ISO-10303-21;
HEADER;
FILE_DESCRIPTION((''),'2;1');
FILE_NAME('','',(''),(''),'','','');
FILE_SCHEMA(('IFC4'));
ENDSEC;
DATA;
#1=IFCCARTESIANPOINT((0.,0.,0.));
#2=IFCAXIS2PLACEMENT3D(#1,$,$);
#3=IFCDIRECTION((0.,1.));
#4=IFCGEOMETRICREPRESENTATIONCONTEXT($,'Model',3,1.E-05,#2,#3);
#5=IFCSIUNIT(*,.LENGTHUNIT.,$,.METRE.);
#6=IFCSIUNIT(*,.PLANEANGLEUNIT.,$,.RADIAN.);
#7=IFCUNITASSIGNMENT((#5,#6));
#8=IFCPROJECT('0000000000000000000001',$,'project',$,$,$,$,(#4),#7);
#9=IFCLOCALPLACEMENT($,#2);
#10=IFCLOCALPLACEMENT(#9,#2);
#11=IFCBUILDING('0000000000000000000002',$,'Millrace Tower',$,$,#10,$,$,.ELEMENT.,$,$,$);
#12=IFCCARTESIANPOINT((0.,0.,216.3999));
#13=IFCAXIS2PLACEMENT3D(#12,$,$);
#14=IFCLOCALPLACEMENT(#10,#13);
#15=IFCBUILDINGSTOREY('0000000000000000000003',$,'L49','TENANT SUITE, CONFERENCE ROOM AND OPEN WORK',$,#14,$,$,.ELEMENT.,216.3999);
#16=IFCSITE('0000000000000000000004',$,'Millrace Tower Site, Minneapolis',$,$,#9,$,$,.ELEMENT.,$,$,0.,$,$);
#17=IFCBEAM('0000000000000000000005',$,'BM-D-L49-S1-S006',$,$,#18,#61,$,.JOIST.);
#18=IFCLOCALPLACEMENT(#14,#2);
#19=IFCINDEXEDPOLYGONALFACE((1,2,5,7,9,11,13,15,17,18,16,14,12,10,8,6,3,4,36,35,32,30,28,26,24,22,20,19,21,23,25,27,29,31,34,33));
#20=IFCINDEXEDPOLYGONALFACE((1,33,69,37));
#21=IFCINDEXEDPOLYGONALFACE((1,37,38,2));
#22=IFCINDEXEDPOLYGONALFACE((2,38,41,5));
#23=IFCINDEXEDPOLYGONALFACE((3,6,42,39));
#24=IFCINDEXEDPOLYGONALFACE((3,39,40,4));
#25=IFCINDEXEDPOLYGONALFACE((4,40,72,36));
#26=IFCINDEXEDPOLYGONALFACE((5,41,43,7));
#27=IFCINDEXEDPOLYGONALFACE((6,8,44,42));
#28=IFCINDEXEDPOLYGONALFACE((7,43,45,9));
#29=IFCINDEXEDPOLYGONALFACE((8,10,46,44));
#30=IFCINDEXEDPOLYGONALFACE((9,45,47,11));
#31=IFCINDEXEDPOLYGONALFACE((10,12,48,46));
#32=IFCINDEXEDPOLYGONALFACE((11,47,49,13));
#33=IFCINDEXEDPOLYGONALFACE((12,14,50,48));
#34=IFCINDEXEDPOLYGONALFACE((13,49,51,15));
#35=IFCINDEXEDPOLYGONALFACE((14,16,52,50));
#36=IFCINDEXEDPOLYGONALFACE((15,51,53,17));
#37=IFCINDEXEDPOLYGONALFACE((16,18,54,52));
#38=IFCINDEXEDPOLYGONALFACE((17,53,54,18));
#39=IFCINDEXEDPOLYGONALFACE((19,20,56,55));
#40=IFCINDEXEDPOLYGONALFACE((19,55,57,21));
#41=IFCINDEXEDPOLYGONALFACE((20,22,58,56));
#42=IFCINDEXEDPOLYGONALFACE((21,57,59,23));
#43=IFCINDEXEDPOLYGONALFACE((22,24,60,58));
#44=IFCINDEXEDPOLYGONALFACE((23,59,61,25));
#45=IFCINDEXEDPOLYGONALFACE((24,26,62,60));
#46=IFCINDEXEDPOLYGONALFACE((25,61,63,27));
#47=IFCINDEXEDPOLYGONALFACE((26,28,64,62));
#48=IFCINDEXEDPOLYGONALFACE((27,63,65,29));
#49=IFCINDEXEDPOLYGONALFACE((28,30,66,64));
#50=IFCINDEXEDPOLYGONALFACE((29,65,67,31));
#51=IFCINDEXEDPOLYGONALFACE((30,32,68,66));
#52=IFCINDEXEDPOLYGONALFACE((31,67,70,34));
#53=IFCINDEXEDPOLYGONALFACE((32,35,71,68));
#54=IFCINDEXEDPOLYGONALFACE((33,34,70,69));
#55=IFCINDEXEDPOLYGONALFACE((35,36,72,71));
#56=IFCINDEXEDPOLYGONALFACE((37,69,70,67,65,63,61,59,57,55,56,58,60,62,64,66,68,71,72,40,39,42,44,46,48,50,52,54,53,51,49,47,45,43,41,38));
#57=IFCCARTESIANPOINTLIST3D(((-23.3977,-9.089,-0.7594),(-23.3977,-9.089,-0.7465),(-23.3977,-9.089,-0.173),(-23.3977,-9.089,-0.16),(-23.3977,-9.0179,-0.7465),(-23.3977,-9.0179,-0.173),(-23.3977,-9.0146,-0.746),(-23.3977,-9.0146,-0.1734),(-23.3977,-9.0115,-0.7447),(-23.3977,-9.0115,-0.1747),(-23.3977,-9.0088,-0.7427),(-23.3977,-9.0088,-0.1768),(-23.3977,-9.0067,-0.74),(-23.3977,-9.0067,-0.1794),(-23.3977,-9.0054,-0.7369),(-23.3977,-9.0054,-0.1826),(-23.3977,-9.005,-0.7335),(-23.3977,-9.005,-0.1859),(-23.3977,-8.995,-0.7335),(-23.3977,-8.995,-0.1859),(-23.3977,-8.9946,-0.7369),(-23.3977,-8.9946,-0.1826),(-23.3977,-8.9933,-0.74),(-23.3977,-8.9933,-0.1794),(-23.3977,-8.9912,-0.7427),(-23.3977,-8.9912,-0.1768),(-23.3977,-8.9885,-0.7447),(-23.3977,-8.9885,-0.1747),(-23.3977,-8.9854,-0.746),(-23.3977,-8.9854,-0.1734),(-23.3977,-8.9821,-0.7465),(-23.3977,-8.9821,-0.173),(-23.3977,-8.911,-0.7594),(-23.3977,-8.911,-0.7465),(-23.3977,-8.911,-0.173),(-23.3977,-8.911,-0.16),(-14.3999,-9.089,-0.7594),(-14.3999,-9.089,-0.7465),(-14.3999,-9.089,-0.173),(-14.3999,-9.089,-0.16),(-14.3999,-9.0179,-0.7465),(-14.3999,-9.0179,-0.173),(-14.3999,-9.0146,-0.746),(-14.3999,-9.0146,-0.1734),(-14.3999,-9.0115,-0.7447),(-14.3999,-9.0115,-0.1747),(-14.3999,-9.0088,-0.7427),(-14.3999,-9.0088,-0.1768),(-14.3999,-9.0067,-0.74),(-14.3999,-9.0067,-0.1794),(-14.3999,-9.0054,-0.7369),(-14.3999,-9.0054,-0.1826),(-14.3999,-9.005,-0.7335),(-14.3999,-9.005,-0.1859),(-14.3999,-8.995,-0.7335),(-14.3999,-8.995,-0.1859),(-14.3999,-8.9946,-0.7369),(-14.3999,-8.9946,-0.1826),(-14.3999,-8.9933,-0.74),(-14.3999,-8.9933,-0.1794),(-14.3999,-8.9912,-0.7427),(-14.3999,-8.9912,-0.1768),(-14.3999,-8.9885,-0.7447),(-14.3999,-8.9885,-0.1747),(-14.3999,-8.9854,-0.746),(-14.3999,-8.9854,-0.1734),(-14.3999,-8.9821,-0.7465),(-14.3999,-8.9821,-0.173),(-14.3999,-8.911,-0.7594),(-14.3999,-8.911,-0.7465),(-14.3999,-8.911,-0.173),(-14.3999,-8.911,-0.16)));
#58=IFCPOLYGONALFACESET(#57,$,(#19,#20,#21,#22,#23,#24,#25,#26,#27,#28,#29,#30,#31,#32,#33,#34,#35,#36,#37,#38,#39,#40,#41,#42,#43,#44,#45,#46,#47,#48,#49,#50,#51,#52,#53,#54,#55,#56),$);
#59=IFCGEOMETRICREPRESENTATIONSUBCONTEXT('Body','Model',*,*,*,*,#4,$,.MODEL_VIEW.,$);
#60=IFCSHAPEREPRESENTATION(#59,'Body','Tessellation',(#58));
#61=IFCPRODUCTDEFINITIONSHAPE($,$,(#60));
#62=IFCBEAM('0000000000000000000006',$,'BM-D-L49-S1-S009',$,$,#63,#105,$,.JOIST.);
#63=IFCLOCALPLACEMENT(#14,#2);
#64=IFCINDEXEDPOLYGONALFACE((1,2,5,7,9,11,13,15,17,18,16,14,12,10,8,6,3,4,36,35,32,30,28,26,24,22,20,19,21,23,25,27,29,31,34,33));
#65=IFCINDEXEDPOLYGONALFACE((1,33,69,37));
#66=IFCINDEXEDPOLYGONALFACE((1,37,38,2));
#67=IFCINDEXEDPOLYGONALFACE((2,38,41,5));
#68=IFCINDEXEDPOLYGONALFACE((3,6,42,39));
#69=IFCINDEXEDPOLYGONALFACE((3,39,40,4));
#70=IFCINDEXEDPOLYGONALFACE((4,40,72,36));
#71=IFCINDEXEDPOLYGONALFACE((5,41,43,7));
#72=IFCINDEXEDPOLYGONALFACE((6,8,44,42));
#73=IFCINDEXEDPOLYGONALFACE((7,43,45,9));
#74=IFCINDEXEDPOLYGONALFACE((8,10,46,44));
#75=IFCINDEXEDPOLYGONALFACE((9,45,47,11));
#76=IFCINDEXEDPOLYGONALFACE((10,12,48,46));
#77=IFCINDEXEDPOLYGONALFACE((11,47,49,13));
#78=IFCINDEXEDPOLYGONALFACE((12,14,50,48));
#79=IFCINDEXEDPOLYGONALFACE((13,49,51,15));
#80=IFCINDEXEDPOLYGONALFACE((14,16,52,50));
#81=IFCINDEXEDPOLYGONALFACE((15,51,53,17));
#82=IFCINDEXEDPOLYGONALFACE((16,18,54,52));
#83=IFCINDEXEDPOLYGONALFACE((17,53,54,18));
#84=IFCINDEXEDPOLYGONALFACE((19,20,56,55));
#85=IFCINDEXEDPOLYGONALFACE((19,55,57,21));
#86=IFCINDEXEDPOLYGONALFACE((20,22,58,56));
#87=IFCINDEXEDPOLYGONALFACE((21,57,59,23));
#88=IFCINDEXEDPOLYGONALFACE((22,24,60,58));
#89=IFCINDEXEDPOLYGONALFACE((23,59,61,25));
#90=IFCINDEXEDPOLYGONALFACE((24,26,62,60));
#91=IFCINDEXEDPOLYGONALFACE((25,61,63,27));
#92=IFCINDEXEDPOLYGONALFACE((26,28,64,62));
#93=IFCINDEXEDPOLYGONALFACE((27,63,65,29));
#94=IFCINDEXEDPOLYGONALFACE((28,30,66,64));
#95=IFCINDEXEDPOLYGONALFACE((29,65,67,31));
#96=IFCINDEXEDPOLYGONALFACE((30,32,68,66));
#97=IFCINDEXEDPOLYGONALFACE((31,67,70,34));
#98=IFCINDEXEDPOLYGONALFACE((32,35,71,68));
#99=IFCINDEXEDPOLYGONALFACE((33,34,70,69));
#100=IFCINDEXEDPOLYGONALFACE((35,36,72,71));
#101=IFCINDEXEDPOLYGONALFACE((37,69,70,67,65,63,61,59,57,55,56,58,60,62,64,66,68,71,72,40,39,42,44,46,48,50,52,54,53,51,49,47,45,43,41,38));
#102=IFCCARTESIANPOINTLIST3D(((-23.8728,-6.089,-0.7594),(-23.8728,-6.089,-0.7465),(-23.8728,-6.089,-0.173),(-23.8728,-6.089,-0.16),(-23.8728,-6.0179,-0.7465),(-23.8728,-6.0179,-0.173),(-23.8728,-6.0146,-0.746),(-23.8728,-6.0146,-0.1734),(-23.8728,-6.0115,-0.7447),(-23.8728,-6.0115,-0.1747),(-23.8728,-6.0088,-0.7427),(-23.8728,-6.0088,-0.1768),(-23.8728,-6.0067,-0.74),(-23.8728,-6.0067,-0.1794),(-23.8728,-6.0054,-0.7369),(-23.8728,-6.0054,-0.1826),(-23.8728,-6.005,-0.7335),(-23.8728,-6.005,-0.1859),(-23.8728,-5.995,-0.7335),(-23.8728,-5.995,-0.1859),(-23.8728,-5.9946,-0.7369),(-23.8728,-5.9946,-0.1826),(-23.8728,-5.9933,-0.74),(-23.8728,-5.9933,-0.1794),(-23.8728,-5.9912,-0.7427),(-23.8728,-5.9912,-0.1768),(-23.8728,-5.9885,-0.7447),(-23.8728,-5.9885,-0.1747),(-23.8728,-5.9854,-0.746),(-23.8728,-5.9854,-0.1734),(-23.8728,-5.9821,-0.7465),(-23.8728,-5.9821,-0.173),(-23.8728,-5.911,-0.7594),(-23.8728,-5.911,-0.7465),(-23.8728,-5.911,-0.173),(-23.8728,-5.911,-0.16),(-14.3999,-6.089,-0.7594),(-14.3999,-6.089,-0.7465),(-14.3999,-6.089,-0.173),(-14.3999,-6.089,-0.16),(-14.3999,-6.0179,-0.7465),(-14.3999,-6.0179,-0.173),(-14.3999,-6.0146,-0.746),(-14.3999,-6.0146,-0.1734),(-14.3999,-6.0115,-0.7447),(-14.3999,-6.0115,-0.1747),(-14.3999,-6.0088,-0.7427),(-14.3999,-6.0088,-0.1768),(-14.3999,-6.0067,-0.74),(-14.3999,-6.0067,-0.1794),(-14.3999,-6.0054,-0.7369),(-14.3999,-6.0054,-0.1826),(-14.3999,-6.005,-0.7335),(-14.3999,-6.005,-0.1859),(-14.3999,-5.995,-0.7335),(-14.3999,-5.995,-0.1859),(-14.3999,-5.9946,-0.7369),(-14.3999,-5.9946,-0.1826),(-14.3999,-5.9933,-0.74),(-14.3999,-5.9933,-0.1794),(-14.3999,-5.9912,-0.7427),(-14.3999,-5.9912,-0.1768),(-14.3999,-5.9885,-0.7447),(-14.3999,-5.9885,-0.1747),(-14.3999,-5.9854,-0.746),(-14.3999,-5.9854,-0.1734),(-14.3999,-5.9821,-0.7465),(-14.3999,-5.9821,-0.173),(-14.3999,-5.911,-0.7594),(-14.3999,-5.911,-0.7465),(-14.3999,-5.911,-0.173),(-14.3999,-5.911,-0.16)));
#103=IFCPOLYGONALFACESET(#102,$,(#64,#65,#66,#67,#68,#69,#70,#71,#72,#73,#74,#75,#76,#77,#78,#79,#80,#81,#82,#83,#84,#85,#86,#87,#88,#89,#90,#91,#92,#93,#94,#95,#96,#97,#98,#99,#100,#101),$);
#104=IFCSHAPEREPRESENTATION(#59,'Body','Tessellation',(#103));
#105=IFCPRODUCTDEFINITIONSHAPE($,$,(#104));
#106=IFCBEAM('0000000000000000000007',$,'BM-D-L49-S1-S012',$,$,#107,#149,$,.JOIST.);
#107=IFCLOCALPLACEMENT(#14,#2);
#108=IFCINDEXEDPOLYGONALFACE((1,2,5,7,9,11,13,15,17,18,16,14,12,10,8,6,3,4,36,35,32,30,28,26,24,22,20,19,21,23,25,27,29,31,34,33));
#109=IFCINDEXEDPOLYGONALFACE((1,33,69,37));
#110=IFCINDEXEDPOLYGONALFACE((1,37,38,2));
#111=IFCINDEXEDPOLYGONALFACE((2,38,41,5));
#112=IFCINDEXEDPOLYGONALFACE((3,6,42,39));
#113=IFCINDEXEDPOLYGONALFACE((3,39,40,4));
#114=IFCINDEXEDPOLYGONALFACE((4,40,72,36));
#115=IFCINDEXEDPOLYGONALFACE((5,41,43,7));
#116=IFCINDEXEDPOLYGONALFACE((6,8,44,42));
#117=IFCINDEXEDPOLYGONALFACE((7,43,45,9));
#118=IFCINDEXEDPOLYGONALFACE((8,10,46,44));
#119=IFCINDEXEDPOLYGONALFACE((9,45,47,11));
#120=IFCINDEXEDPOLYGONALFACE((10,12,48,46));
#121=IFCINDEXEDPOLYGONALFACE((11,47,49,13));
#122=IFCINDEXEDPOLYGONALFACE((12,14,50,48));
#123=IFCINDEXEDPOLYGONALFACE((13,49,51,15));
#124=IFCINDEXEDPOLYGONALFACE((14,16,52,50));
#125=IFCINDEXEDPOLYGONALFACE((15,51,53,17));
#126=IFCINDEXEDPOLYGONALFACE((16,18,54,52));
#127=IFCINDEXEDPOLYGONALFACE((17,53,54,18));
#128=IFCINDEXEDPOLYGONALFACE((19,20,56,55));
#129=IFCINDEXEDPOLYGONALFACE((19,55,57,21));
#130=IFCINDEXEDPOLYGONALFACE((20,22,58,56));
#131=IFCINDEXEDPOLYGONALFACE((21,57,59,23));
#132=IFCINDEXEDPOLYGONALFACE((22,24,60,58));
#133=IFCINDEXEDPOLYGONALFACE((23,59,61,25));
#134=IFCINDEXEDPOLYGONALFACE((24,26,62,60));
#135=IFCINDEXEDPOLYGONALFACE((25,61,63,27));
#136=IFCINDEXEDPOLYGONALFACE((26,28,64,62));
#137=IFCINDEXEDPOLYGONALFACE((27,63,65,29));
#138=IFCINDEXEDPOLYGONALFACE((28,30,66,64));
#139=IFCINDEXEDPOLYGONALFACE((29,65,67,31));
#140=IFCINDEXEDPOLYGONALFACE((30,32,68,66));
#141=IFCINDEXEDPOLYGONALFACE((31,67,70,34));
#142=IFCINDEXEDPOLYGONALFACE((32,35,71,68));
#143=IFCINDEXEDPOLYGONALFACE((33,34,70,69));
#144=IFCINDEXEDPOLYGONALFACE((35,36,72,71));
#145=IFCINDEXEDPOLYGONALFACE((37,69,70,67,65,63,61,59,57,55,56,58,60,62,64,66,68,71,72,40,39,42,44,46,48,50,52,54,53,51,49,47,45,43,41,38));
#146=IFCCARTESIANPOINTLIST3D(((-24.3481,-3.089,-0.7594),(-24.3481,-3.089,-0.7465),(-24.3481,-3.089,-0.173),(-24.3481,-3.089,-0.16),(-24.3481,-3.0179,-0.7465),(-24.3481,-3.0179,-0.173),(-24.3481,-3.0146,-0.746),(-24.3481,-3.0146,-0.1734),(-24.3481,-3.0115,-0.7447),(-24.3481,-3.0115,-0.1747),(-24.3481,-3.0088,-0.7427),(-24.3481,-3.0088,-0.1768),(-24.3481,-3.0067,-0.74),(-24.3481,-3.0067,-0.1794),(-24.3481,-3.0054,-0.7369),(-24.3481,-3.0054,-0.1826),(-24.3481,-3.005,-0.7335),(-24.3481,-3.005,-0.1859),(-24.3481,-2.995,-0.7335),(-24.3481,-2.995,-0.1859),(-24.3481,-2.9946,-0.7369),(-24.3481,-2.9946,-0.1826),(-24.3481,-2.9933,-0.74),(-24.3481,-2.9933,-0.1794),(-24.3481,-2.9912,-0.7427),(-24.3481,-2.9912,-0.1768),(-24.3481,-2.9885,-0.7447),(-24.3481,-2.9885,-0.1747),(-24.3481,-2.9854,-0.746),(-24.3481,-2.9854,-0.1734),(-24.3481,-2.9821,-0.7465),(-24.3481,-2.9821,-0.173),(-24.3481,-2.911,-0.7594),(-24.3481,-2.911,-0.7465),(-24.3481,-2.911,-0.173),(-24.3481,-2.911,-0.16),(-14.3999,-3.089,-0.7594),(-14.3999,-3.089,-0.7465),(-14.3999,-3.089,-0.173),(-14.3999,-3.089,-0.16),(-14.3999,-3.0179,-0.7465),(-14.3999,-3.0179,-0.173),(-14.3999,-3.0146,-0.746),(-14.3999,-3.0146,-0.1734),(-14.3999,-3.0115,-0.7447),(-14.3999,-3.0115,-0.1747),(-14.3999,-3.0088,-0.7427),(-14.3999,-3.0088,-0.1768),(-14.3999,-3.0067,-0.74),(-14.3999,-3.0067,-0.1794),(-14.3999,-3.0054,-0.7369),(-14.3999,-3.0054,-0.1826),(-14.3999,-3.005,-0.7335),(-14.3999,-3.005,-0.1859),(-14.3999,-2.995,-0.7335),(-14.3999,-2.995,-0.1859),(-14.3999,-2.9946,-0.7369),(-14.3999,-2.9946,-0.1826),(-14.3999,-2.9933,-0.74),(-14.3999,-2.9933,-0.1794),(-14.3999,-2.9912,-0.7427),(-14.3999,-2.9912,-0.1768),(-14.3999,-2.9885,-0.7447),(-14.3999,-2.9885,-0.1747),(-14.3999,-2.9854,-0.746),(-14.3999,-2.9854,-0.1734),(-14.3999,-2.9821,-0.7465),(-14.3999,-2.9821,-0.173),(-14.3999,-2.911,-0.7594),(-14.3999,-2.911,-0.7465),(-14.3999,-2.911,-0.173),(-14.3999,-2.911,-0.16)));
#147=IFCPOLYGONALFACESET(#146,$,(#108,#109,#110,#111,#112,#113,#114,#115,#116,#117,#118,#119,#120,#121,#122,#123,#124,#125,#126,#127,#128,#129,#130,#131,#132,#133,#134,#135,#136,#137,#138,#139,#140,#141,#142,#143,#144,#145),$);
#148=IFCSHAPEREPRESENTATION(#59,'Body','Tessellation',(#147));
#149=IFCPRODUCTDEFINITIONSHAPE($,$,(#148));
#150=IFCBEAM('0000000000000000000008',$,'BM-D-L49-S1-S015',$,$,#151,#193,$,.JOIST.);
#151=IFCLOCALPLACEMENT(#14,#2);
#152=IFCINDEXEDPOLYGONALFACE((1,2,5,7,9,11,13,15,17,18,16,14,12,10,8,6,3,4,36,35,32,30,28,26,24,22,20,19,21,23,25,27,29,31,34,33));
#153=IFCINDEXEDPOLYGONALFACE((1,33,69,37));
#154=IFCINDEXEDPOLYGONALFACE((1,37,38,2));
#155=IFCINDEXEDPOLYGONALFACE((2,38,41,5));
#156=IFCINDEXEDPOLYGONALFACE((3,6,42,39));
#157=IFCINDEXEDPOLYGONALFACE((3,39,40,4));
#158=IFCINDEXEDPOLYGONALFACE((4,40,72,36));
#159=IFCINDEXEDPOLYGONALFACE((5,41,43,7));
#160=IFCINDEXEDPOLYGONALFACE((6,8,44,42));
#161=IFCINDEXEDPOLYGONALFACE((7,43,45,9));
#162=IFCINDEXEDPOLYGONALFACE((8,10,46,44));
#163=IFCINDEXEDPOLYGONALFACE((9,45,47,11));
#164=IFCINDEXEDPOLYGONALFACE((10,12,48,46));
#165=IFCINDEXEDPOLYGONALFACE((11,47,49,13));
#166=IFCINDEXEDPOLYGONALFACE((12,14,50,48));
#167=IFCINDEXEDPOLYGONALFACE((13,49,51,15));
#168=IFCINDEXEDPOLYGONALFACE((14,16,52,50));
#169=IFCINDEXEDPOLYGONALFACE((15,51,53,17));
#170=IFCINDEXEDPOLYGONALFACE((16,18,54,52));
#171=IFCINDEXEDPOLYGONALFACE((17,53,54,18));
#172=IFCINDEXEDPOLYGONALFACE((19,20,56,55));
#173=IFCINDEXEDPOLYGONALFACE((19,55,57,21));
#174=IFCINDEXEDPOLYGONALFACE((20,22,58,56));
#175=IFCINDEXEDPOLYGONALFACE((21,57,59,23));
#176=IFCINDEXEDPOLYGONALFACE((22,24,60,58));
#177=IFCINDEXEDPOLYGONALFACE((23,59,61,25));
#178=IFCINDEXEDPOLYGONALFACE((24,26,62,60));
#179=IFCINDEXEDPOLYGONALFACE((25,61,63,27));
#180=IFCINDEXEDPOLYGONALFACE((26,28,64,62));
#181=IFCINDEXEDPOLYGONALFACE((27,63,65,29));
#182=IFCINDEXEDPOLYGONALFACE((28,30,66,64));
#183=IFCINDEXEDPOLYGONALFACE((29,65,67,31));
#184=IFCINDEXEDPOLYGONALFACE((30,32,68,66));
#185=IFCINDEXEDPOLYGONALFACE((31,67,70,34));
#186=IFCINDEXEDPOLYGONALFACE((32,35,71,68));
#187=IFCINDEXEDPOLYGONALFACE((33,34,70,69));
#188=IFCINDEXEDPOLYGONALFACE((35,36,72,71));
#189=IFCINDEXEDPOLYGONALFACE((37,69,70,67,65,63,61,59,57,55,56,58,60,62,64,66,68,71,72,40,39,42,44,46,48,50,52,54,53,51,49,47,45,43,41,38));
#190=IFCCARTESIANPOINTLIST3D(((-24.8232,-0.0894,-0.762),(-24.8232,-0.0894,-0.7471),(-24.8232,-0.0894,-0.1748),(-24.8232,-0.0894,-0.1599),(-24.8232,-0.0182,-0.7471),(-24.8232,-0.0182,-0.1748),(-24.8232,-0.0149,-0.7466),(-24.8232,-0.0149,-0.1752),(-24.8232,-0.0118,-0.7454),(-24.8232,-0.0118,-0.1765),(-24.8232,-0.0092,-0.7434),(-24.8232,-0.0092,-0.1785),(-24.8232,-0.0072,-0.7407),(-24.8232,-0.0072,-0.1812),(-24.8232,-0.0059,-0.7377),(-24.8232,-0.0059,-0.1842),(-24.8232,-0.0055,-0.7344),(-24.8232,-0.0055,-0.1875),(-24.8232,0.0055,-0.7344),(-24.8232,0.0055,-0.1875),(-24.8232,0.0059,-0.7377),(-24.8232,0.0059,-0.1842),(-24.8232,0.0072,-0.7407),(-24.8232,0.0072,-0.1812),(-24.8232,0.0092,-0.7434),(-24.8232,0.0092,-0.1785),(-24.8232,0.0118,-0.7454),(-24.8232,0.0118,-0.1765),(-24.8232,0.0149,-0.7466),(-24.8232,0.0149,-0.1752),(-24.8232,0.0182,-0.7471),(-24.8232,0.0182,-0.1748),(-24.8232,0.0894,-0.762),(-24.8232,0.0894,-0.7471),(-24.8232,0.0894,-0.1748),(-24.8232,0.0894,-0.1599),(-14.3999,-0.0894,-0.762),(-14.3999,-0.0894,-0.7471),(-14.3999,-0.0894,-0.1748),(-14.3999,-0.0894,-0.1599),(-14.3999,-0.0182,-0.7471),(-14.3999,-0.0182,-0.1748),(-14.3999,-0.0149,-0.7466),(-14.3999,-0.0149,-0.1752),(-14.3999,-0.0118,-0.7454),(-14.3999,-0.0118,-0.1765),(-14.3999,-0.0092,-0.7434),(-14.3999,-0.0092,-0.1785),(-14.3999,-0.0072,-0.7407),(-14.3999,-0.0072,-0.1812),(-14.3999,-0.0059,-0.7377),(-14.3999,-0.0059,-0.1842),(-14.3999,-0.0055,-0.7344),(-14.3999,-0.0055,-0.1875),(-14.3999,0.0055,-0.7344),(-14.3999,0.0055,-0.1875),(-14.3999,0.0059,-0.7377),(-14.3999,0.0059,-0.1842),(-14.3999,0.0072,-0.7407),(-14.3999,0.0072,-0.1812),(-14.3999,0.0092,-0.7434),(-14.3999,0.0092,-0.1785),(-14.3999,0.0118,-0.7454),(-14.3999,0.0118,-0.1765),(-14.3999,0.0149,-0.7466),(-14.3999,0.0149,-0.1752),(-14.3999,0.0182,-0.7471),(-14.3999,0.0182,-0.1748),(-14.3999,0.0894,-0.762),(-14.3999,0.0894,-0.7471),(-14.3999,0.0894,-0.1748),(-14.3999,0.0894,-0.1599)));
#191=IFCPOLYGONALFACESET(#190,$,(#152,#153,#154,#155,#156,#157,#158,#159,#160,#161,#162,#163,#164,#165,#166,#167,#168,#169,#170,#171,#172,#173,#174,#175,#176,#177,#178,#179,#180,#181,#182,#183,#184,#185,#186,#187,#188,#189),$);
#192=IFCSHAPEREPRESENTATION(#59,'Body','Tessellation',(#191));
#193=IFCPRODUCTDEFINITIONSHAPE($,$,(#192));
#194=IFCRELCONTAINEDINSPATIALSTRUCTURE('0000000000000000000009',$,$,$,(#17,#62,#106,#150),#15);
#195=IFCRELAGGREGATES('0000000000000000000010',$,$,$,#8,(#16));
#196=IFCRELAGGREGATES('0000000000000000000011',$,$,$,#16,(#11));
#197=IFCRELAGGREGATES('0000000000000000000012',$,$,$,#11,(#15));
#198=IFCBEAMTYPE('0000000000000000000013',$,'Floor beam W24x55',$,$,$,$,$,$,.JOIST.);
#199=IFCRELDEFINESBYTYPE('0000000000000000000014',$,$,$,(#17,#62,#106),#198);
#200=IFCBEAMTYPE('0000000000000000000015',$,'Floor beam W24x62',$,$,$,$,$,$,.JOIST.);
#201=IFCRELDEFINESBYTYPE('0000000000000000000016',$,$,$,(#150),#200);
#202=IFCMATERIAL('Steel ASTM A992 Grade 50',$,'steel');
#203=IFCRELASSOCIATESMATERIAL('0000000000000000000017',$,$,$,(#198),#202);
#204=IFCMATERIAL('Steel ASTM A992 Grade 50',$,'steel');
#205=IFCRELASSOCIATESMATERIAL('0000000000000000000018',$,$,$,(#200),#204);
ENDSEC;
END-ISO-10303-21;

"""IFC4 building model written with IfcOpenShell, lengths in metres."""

from ifc_helpers import new_model, si_unit, direction, frame, origin, origin_2d, place, context, subcontext, project, spatial, i_section, extrude, material, material_profile, profile_set, type_object, element, save


model = new_model("IFC4")

# Units and contexts
model_context = context("Model", 3, precision=1e-05, world=origin(), true_north=direction((0.0, 1.0)))
body_context = subcontext(model_context, "Body", "Model", "MODEL_VIEW")
ifc_project = project(units=[si_unit("LENGTHUNIT", "METRE"), si_unit("PLANEANGLEUNIT", "RADIAN")], contexts=[model_context])

# Site, building, storey
site_placement = place(None, origin())
site = spatial("IfcSite", under=ifc_project, at=site_placement, Name="Millrace Tower Site, Minneapolis", CompositionType="ELEMENT", RefElevation=0.0)
building_placement = place(site_placement, origin())
building = spatial("IfcBuilding", under=site, at=building_placement, Name="Millrace Tower", CompositionType="ELEMENT")
storey_placement = place(building_placement, frame((0.0, 0.0, 216.3999)))
storey = spatial("IfcBuildingStorey", under=building, at=storey_placement, Name="L49", Description="TENANT SUITE, CONFERENCE ROOM AND OPEN WORK", CompositionType="ELEMENT", Elevation=216.3999)

# Beams
ifc_material_1 = material(Name="Steel ASTM A992 Grade 50", Category="steel")
ifc_material_profile_1 = material_profile(ifc_material_1, i_section(OverallWidth=0.178, OverallDepth=0.5994, WebThickness=0.01, FlangeThickness=0.0129, FilletRadius=0.0129, at=origin_2d()))
ifc_profile_set_1 = profile_set([ifc_material_profile_1], Name="Steel ASTM A992 Grade 50")
beam_type_1 = type_object("IfcBeamType", Name="Floor beam W24x55", PredefinedType="JOIST", material=ifc_profile_set_1)
beam_1_placement = place(storey_placement, frame((-23.3977, -9.0, -0.4597), z_axis=(1.0, 0.0, 0.0), x_axis=(0.0, 1.0, 0.0)))
element("IfcBeam", 1, at=beam_1_placement, inside=storey, type_object=beam_type_1, Name="BM-D-L49-S1-S006", PredefinedType="JOIST", context=body_context, shape_type="SweptSolid", body=[
    extrude(i_section(OverallWidth=0.178, OverallDepth=0.5994, WebThickness=0.01, FlangeThickness=0.0129, FilletRadius=0.0129, at=origin_2d()), origin(), (0.0, 0.0, 1.0), 8.9978),
])
beam_2_placement = place(storey_placement, frame((-23.8728, -6.0, -0.4597), z_axis=(1.0, 0.0, 0.0), x_axis=(0.0, 1.0, 0.0)))
element("IfcBeam", 2, at=beam_2_placement, inside=storey, type_object=beam_type_1, Name="BM-D-L49-S1-S009", PredefinedType="JOIST", context=body_context, shape_type="SweptSolid", body=[
    extrude(i_section(OverallWidth=0.178, OverallDepth=0.5994, WebThickness=0.01, FlangeThickness=0.0129, FilletRadius=0.0129, at=origin_2d()), origin(), (0.0, 0.0, 1.0), 9.4729),
])
beam_3_placement = place(storey_placement, frame((-24.3481, -3.0, -0.4597), z_axis=(1.0, 0.0, 0.0), x_axis=(0.0, 1.0, 0.0)))
element("IfcBeam", 3, at=beam_3_placement, inside=storey, type_object=beam_type_1, Name="BM-D-L49-S1-S012", PredefinedType="JOIST", context=body_context, shape_type="SweptSolid", body=[
    extrude(i_section(OverallWidth=0.178, OverallDepth=0.5994, WebThickness=0.01, FlangeThickness=0.0129, FilletRadius=0.0129, at=origin_2d()), origin(), (0.0, 0.0, 1.0), 9.9482),
])
ifc_material_2 = material(Name="Steel ASTM A992 Grade 50", Category="steel")
ifc_material_profile_2 = material_profile(ifc_material_2, i_section(OverallWidth=0.1787, OverallDepth=0.6021, WebThickness=0.011, FlangeThickness=0.0149, FilletRadius=0.0127, at=origin_2d()))
ifc_profile_set_2 = profile_set([ifc_material_profile_2], Name="Steel ASTM A992 Grade 50")
beam_type_2 = type_object("IfcBeamType", Name="Floor beam W24x62", PredefinedType="JOIST", material=ifc_profile_set_2)
beam_4_placement = place(storey_placement, frame((-24.8232, 0.0, -0.4609), z_axis=(1.0, 0.0, 0.0), x_axis=(0.0, 1.0, 0.0)))
element("IfcBeam", 4, at=beam_4_placement, inside=storey, type_object=beam_type_2, Name="BM-D-L49-S1-S015", PredefinedType="JOIST", context=body_context, shape_type="SweptSolid", body=[
    extrude(i_section(OverallWidth=0.1787, OverallDepth=0.6021, WebThickness=0.011, FlangeThickness=0.0149, FilletRadius=0.0127, at=origin_2d()), origin(), (0.0, 0.0, 1.0), 10.4233),
])

save(model, "model.ifc")
